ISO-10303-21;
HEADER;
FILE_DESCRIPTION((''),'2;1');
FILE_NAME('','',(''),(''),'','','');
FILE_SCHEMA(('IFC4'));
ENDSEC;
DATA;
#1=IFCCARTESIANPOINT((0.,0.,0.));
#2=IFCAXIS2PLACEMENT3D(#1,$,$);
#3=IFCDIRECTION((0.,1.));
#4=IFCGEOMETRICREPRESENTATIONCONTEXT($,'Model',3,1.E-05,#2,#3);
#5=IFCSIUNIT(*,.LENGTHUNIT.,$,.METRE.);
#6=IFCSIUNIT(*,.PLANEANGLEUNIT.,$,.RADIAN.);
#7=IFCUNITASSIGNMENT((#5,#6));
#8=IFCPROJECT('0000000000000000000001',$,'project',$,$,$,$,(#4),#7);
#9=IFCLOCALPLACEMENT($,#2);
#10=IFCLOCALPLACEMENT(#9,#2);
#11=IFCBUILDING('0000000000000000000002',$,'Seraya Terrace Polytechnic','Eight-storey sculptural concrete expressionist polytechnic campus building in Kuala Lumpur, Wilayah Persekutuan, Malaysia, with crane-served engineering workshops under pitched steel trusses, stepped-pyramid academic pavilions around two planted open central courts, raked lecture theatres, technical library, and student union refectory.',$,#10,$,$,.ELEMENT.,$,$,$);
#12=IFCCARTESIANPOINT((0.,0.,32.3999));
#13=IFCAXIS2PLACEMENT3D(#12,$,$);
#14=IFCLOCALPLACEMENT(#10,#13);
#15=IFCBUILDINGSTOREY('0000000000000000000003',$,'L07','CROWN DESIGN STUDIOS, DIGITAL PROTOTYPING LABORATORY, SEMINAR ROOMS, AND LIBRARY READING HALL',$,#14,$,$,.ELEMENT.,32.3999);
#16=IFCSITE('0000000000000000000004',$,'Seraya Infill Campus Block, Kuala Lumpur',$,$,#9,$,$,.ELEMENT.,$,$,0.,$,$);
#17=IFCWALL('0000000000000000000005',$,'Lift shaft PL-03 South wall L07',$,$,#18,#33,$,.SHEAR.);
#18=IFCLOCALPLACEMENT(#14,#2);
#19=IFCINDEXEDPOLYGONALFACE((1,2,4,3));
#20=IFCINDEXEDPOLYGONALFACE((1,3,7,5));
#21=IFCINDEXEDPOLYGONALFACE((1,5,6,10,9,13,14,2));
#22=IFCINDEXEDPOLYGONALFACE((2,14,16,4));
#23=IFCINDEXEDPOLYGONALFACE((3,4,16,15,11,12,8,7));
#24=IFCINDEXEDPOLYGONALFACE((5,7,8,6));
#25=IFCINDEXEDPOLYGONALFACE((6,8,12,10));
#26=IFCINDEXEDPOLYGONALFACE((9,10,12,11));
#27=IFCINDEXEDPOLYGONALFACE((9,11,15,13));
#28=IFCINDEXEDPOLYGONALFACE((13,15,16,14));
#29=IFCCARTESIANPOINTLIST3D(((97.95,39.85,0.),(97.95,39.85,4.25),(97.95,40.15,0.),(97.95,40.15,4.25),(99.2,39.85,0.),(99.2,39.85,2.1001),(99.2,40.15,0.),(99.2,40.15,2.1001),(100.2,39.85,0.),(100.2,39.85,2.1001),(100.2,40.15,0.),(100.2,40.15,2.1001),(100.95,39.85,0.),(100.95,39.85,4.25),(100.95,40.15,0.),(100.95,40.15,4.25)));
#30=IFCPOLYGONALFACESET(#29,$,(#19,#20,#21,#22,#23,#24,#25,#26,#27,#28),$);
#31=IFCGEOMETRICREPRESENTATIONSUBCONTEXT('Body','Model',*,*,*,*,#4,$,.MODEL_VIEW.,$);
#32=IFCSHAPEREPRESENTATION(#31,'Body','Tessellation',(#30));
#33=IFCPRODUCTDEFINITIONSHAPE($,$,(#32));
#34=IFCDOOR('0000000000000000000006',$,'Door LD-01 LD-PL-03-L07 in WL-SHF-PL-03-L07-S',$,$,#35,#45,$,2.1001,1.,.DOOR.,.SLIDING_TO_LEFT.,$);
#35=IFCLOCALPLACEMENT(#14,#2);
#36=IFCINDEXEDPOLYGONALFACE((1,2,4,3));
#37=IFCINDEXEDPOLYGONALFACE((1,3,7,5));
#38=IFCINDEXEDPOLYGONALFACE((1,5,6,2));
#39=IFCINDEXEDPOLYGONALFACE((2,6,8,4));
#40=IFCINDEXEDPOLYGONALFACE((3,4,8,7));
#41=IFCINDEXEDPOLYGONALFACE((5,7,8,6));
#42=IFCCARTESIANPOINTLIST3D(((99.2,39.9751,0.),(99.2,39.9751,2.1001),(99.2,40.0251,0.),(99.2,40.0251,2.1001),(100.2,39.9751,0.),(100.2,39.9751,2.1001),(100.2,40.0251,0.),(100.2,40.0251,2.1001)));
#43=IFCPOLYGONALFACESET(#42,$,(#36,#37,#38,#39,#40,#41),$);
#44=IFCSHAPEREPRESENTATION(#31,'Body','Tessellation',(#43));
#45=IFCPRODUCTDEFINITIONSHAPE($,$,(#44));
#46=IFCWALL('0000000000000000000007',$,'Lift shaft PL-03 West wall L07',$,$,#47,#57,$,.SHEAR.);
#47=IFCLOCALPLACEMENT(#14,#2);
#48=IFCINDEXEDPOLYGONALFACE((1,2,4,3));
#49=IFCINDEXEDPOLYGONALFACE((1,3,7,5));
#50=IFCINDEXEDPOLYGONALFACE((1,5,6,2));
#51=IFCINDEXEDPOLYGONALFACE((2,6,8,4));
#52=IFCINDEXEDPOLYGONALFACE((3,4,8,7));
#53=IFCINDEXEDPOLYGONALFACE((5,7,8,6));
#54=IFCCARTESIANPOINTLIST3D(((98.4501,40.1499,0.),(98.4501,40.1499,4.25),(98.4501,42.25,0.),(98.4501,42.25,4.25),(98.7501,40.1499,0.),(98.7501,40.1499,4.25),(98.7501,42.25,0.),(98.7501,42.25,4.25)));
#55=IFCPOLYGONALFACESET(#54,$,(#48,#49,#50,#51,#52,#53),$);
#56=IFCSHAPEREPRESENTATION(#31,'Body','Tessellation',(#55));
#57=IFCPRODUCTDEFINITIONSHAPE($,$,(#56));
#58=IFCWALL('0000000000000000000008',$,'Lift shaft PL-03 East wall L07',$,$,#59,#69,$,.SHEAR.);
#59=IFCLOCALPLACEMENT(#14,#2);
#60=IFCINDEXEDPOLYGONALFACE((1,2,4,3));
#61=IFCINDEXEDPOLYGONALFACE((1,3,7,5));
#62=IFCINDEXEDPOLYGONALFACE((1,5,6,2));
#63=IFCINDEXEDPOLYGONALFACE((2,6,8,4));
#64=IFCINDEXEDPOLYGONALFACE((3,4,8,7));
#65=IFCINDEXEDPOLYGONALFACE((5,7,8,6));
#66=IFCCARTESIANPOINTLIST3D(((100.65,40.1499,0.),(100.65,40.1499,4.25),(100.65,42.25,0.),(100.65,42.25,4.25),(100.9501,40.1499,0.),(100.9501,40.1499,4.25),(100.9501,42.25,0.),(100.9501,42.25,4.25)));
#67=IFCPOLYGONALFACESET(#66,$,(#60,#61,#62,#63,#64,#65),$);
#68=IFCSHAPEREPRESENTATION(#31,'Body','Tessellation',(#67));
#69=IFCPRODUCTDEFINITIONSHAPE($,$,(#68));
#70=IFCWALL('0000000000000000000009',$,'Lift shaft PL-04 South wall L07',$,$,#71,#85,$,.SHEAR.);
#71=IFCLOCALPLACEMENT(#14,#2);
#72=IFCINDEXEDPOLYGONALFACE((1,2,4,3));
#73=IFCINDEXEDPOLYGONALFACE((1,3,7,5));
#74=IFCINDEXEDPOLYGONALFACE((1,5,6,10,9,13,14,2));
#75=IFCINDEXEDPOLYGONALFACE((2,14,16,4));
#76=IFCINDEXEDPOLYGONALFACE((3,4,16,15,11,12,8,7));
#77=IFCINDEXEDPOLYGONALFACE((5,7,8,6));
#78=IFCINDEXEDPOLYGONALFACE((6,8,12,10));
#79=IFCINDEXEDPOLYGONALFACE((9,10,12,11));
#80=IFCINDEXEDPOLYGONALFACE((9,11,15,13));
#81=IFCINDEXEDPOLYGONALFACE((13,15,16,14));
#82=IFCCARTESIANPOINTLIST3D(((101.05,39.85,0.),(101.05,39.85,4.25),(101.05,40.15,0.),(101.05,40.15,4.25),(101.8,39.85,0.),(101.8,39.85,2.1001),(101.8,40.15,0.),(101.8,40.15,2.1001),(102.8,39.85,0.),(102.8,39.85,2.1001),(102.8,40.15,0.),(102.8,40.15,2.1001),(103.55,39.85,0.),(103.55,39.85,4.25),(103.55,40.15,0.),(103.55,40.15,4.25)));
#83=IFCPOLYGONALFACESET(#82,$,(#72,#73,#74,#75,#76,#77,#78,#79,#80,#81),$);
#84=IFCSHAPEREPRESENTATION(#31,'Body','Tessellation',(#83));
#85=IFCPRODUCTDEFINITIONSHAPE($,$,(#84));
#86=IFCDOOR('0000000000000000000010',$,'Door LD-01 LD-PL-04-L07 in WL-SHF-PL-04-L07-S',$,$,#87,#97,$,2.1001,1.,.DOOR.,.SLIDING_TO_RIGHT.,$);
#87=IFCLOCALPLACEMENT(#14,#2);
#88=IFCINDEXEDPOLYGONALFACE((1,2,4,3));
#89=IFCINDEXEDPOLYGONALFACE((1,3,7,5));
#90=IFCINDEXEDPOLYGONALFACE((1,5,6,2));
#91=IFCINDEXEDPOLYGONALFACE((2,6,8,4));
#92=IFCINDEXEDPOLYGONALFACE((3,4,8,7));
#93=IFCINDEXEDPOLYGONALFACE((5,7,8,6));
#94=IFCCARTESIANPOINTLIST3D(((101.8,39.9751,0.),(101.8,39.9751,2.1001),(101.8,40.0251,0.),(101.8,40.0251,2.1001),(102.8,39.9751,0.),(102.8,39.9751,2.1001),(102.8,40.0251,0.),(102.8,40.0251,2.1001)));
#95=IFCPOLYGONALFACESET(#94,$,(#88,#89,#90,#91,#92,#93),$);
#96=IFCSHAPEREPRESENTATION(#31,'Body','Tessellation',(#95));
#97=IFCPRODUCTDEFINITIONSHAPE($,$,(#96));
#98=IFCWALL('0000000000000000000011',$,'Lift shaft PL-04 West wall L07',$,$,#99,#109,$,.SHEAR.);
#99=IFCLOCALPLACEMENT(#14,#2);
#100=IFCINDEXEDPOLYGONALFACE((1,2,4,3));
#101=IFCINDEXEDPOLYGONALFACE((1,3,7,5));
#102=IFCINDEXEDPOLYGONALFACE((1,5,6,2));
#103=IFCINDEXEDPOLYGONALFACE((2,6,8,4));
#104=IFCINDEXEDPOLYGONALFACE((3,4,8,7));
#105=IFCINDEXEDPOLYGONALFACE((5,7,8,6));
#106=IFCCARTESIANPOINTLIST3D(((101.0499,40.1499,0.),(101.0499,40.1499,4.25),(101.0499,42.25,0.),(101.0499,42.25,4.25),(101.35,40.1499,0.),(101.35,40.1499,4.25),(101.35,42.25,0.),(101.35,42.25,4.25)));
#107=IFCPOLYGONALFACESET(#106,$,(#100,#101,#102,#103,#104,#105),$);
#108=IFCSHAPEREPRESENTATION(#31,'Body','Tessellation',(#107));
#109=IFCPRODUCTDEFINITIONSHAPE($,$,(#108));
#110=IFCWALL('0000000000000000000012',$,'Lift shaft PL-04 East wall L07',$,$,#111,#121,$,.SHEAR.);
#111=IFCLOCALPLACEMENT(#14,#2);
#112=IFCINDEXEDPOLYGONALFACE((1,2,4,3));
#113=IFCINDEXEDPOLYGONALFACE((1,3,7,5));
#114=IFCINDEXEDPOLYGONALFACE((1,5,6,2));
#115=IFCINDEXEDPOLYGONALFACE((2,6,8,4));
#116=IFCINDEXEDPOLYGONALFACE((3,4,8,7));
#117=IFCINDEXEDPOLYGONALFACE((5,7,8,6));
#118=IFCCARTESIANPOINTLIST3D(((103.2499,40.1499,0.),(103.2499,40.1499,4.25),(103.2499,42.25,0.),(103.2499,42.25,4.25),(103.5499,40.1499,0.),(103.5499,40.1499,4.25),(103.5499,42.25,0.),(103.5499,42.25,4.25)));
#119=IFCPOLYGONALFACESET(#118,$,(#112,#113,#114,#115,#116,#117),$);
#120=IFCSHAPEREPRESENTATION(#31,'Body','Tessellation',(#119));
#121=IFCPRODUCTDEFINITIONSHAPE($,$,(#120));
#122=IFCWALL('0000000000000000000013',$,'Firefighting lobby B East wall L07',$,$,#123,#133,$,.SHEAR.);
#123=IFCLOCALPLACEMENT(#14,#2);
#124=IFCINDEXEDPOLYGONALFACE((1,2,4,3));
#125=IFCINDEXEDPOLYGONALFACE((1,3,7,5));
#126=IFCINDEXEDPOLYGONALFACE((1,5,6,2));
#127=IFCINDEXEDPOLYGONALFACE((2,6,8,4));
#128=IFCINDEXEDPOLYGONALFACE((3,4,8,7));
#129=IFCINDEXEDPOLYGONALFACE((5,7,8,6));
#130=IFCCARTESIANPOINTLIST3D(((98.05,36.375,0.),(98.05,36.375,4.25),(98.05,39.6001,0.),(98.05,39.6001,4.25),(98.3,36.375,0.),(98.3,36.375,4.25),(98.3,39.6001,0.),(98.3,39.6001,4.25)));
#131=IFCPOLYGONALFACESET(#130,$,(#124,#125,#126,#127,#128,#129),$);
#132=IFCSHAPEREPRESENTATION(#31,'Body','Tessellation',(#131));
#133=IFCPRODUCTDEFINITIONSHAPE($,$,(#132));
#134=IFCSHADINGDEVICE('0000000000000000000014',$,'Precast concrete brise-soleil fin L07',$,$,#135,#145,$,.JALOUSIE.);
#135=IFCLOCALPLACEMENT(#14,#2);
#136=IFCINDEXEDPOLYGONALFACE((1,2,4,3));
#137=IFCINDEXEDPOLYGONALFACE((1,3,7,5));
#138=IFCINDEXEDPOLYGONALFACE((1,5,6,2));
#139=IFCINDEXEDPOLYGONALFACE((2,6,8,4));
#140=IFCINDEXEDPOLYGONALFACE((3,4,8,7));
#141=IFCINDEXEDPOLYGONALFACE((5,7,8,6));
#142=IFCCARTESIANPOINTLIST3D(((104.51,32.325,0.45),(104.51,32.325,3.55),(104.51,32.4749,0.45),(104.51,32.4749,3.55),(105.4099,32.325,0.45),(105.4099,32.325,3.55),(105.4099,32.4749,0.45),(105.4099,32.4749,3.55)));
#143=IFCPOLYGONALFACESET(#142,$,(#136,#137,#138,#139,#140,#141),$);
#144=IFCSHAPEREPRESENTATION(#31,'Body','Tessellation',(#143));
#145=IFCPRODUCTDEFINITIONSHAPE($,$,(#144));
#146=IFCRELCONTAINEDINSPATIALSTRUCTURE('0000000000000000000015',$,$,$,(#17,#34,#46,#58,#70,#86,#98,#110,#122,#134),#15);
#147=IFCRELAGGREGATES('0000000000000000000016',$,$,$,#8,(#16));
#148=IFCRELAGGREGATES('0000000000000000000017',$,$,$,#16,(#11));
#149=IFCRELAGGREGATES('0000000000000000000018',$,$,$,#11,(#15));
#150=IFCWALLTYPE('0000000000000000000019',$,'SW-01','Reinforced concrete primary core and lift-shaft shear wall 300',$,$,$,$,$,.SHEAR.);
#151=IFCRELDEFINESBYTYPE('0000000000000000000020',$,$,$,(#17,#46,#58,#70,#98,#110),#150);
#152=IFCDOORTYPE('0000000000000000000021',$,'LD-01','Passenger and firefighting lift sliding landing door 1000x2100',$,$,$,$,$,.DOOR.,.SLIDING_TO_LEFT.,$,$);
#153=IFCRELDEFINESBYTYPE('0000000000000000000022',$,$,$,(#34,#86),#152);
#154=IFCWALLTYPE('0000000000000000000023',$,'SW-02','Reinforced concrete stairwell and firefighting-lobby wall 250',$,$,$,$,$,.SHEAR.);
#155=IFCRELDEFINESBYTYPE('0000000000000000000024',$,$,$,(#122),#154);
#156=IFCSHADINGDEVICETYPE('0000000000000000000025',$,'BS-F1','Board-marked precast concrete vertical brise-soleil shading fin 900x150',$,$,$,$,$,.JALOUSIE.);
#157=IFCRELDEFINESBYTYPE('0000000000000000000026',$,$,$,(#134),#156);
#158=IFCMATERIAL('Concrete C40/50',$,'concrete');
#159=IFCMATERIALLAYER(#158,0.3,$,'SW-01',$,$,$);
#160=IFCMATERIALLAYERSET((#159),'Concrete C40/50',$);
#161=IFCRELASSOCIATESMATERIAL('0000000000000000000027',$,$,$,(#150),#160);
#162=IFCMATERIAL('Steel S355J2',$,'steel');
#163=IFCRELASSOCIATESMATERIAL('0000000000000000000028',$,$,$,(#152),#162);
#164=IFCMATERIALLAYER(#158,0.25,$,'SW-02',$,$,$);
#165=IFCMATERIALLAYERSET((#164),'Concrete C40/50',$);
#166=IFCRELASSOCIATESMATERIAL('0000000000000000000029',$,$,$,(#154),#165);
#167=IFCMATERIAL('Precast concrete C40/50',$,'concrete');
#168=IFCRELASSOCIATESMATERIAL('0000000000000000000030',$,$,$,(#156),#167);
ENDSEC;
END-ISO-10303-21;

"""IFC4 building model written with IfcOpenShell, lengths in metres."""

from ifc_helpers import new_model, si_unit, direction, frame, frame_2d, origin, origin_2d, place, context, subcontext, project, spatial, rectangle, extrude, material, layer, layer_set, type_object, element, fill, save


model = new_model("IFC4")

# Units and contexts
model_context = context("Model", 3, precision=1e-05, world=origin(), true_north=direction((0.0, 1.0)))
body_context = subcontext(model_context, "Body", "Model", "MODEL_VIEW")
ifc_project = project(units=[si_unit("LENGTHUNIT", "METRE"), si_unit("PLANEANGLEUNIT", "RADIAN")], contexts=[model_context])

# Site, building, storey
site_placement = place(None, origin())
site = spatial("IfcSite", under=ifc_project, at=site_placement, Name="Seraya Infill Campus Block, Kuala Lumpur", CompositionType="ELEMENT", RefElevation=0.0)
building_placement = place(site_placement, origin())
building = spatial("IfcBuilding", under=site, at=building_placement, Name="Seraya Terrace Polytechnic", Description="Eight-storey sculptural concrete expressionist polytechnic campus building in Kuala Lumpur, Wilayah Persekutuan, Malaysia, with crane-served engineering workshops under pitched steel trusses, stepped-pyramid academic pavilions around two planted open central courts, raked lecture theatres, technical library, and student union refectory.", CompositionType="ELEMENT")
storey_placement = place(building_placement, frame((0.0, 0.0, 32.3999)))
storey = spatial("IfcBuildingStorey", under=building, at=storey_placement, Name="L07", Description="CROWN DESIGN STUDIOS, DIGITAL PROTOTYPING LABORATORY, SEMINAR ROOMS, AND LIBRARY READING HALL", CompositionType="ELEMENT", Elevation=32.3999)

# Shared definitions
ifc_material_1 = material(Name="Concrete C40/50", Category="concrete")

# Shared definitions
ifc_material_2 = material(Name="Precast concrete C40/50", Category="concrete")

# Shared definitions
ifc_layer_1 = layer(ifc_material_1, 0.3, Name="SW-01")
ifc_layer_set_1 = layer_set([ifc_layer_1], Name="Concrete C40/50")
wall_type_1 = type_object("IfcWallType", Name="SW-01", Description="Reinforced concrete primary core and lift-shaft shear wall 300", PredefinedType="SHEAR", material=ifc_layer_set_1)

# Wall, opening, door
wall_1_placement = place(storey_placement, frame((97.95, 40.0, 0.0), z_axis=(0.0, 0.0, 1.0), x_axis=(1.0, 0.0, 0.0)))
wall_1 = element("IfcWall", 1, at=wall_1_placement, inside=storey, type_object=wall_type_1, Name="Lift shaft PL-03 South wall L07", PredefinedType="SHEAR", context=body_context, shape_type="SweptSolid", body=[
    extrude(rectangle(XDim=3.0, YDim=0.3, at=frame_2d((1.5, 0.0))), origin(), (0.0, 0.0, 1.0), 4.25),
])
opening_1_placement = place(wall_1_placement, frame((1.25, 0.0, 0.0)))
opening_1 = element("IfcOpeningElement", 2, at=opening_1_placement, cuts=wall_1, PredefinedType="OPENING", context=body_context, shape_type="SweptSolid", body=[
    extrude(rectangle(XDim=1.0, YDim=2.1001, at=frame_2d((0.5, 1.05))), frame((0.0, 0.1621, 0.0), z_axis=(0.0, -1.0, 0.0), x_axis=(1.0, 0.0, 0.0)), (0.0, 0.0, 1.0), 0.324),
])
ifc_material_3 = material(Name="Steel S355J2", Category="steel")
door_type = type_object("IfcDoorType", Name="LD-01", Description="Passenger and firefighting lift sliding landing door 1000x2100", OperationType="SLIDING_TO_LEFT", PredefinedType="DOOR", material=ifc_material_3)
door_1_placement = place(opening_1_placement, frame((1.0, 0.0, 0.0), z_axis=(0.0, 0.0, 1.0), x_axis=(-1.0, 0.0, 0.0)))
door_1 = element("IfcDoor", 3, at=door_1_placement, inside=storey, type_object=door_type, Name="Door LD-01 LD-PL-03-L07 in WL-SHF-PL-03-L07-S", OperationType="SLIDING_TO_LEFT", OverallHeight=2.1001, OverallWidth=1.0, PredefinedType="DOOR", context=body_context, shape_type="SweptSolid", body=[
    extrude(rectangle(XDim=1.0, YDim=2.1001, at=frame_2d((0.5, 1.05))), frame((0.0, 0.0249, 0.0), z_axis=(0.0, -1.0, 0.0), x_axis=(1.0, 0.0, 0.0)), (0.0, 0.0, 1.0), 0.05),
])
fill(opening_1, door_1)

# Walls
for number, where, z_axis, x_axis, name in (
    (4, (98.6001, 40.1499, 0.0), (0.0, 0.0, 1.0), (0.0, 1.0, 0.0), "Lift shaft PL-03 West wall L07"),
    (5, (100.8, 40.1499, 0.0), (0.0, 0.0, 1.0), (0.0, 1.0, 0.0), "Lift shaft PL-03 East wall L07"),
):
    element("IfcWall", number, at=place(storey_placement, frame(where, z_axis=z_axis, x_axis=x_axis)), inside=storey, type_object=wall_type_1, Name=name, PredefinedType="SHEAR", context=body_context, shape_type="SweptSolid", body=[
        extrude(rectangle(XDim=2.1001, YDim=0.3, at=frame_2d((1.05, 0.0))), origin(), (0.0, 0.0, 1.0), 4.25),
    ])

# Wall, opening, door
wall_2_placement = place(storey_placement, frame((101.05, 40.0, 0.0), z_axis=(0.0, 0.0, 1.0), x_axis=(1.0, 0.0, 0.0)))
wall_2 = element("IfcWall", 6, at=wall_2_placement, inside=storey, type_object=wall_type_1, Name="Lift shaft PL-04 South wall L07", PredefinedType="SHEAR", context=body_context, shape_type="SweptSolid", body=[
    extrude(rectangle(XDim=2.5, YDim=0.3, at=frame_2d((1.25, 0.0))), origin(), (0.0, 0.0, 1.0), 4.25),
])
opening_2_placement = place(wall_2_placement, frame((0.75, 0.0, 0.0)))
opening_2 = element("IfcOpeningElement", 7, at=opening_2_placement, cuts=wall_2, PredefinedType="OPENING", context=body_context, shape_type="SweptSolid", body=[
    extrude(rectangle(XDim=1.0, YDim=2.1001, at=frame_2d((0.5, 1.05))), frame((0.0, 0.1621, 0.0), z_axis=(0.0, -1.0, 0.0), x_axis=(1.0, 0.0, 0.0)), (0.0, 0.0, 1.0), 0.324),
])
door_2_placement = place(opening_2_placement, frame((1.0, 0.0, 0.0), z_axis=(0.0, 0.0, 1.0), x_axis=(-1.0, 0.0, 0.0)))
door_2 = element("IfcDoor", 8, at=door_2_placement, inside=storey, type_object=door_type, Name="Door LD-01 LD-PL-04-L07 in WL-SHF-PL-04-L07-S", OperationType="SLIDING_TO_RIGHT", OverallHeight=2.1001, OverallWidth=1.0, PredefinedType="DOOR", context=body_context, shape_type="SweptSolid", body=[
    extrude(rectangle(XDim=1.0, YDim=2.1001, at=frame_2d((0.5, 1.05))), frame((0.0, 0.0249, 0.0), z_axis=(0.0, -1.0, 0.0), x_axis=(1.0, 0.0, 0.0)), (0.0, 0.0, 1.0), 0.05),
])
fill(opening_2, door_2)

# Walls
for number, where, z_axis, x_axis, name in (
    (9, (101.2, 40.1499, 0.0), (0.0, 0.0, 1.0), (0.0, 1.0, 0.0), "Lift shaft PL-04 West wall L07"),
    (10, (103.3999, 40.1499, 0.0), (0.0, 0.0, 1.0), (0.0, 1.0, 0.0), "Lift shaft PL-04 East wall L07"),
):
    element("IfcWall", number, at=place(storey_placement, frame(where, z_axis=z_axis, x_axis=x_axis)), inside=storey, type_object=wall_type_1, Name=name, PredefinedType="SHEAR", context=body_context, shape_type="SweptSolid", body=[
        extrude(rectangle(XDim=2.1001, YDim=0.3, at=frame_2d((1.05, 0.0))), origin(), (0.0, 0.0, 1.0), 4.25),
    ])
ifc_layer_2 = layer(ifc_material_1, 0.25, Name="SW-02")
ifc_layer_set_2 = layer_set([ifc_layer_2], Name="Concrete C40/50")
wall_type_2 = type_object("IfcWallType", Name="SW-02", Description="Reinforced concrete stairwell and firefighting-lobby wall 250", PredefinedType="SHEAR", material=ifc_layer_set_2)
wall_3_placement = place(storey_placement, frame((98.175, 36.375, 0.0), z_axis=(0.0, 0.0, 1.0), x_axis=(0.0, 1.0, 0.0)))
element("IfcWall", 11, at=wall_3_placement, inside=storey, type_object=wall_type_2, Name="Firefighting lobby B East wall L07", PredefinedType="SHEAR", context=body_context, shape_type="SweptSolid", body=[
    extrude(rectangle(XDim=3.2251, YDim=0.25, at=frame_2d((1.6125, 0.0))), origin(), (0.0, 0.0, 1.0), 4.25),
])

# Shading device
shading_device_type = type_object("IfcShadingDeviceType", Name="BS-F1", Description="Board-marked precast concrete vertical brise-soleil shading fin 900x150", PredefinedType="JALOUSIE", material=ifc_material_2)
shading_device_placement = place(storey_placement, frame((104.96, 32.3999, 0.45), z_axis=(0.0, 0.0, 1.0), x_axis=(1.0, 0.0, 0.0)))
element("IfcShadingDevice", 12, at=shading_device_placement, inside=storey, type_object=shading_device_type, Name="Precast concrete brise-soleil fin L07", PredefinedType="JALOUSIE", context=body_context, shape_type="SweptSolid", body=[
    extrude(rectangle(XDim=0.8999, YDim=0.1499, at=origin_2d()), origin(), (0.0, 0.0, 1.0), 3.1001),
])

save(model, "model.ifc")
